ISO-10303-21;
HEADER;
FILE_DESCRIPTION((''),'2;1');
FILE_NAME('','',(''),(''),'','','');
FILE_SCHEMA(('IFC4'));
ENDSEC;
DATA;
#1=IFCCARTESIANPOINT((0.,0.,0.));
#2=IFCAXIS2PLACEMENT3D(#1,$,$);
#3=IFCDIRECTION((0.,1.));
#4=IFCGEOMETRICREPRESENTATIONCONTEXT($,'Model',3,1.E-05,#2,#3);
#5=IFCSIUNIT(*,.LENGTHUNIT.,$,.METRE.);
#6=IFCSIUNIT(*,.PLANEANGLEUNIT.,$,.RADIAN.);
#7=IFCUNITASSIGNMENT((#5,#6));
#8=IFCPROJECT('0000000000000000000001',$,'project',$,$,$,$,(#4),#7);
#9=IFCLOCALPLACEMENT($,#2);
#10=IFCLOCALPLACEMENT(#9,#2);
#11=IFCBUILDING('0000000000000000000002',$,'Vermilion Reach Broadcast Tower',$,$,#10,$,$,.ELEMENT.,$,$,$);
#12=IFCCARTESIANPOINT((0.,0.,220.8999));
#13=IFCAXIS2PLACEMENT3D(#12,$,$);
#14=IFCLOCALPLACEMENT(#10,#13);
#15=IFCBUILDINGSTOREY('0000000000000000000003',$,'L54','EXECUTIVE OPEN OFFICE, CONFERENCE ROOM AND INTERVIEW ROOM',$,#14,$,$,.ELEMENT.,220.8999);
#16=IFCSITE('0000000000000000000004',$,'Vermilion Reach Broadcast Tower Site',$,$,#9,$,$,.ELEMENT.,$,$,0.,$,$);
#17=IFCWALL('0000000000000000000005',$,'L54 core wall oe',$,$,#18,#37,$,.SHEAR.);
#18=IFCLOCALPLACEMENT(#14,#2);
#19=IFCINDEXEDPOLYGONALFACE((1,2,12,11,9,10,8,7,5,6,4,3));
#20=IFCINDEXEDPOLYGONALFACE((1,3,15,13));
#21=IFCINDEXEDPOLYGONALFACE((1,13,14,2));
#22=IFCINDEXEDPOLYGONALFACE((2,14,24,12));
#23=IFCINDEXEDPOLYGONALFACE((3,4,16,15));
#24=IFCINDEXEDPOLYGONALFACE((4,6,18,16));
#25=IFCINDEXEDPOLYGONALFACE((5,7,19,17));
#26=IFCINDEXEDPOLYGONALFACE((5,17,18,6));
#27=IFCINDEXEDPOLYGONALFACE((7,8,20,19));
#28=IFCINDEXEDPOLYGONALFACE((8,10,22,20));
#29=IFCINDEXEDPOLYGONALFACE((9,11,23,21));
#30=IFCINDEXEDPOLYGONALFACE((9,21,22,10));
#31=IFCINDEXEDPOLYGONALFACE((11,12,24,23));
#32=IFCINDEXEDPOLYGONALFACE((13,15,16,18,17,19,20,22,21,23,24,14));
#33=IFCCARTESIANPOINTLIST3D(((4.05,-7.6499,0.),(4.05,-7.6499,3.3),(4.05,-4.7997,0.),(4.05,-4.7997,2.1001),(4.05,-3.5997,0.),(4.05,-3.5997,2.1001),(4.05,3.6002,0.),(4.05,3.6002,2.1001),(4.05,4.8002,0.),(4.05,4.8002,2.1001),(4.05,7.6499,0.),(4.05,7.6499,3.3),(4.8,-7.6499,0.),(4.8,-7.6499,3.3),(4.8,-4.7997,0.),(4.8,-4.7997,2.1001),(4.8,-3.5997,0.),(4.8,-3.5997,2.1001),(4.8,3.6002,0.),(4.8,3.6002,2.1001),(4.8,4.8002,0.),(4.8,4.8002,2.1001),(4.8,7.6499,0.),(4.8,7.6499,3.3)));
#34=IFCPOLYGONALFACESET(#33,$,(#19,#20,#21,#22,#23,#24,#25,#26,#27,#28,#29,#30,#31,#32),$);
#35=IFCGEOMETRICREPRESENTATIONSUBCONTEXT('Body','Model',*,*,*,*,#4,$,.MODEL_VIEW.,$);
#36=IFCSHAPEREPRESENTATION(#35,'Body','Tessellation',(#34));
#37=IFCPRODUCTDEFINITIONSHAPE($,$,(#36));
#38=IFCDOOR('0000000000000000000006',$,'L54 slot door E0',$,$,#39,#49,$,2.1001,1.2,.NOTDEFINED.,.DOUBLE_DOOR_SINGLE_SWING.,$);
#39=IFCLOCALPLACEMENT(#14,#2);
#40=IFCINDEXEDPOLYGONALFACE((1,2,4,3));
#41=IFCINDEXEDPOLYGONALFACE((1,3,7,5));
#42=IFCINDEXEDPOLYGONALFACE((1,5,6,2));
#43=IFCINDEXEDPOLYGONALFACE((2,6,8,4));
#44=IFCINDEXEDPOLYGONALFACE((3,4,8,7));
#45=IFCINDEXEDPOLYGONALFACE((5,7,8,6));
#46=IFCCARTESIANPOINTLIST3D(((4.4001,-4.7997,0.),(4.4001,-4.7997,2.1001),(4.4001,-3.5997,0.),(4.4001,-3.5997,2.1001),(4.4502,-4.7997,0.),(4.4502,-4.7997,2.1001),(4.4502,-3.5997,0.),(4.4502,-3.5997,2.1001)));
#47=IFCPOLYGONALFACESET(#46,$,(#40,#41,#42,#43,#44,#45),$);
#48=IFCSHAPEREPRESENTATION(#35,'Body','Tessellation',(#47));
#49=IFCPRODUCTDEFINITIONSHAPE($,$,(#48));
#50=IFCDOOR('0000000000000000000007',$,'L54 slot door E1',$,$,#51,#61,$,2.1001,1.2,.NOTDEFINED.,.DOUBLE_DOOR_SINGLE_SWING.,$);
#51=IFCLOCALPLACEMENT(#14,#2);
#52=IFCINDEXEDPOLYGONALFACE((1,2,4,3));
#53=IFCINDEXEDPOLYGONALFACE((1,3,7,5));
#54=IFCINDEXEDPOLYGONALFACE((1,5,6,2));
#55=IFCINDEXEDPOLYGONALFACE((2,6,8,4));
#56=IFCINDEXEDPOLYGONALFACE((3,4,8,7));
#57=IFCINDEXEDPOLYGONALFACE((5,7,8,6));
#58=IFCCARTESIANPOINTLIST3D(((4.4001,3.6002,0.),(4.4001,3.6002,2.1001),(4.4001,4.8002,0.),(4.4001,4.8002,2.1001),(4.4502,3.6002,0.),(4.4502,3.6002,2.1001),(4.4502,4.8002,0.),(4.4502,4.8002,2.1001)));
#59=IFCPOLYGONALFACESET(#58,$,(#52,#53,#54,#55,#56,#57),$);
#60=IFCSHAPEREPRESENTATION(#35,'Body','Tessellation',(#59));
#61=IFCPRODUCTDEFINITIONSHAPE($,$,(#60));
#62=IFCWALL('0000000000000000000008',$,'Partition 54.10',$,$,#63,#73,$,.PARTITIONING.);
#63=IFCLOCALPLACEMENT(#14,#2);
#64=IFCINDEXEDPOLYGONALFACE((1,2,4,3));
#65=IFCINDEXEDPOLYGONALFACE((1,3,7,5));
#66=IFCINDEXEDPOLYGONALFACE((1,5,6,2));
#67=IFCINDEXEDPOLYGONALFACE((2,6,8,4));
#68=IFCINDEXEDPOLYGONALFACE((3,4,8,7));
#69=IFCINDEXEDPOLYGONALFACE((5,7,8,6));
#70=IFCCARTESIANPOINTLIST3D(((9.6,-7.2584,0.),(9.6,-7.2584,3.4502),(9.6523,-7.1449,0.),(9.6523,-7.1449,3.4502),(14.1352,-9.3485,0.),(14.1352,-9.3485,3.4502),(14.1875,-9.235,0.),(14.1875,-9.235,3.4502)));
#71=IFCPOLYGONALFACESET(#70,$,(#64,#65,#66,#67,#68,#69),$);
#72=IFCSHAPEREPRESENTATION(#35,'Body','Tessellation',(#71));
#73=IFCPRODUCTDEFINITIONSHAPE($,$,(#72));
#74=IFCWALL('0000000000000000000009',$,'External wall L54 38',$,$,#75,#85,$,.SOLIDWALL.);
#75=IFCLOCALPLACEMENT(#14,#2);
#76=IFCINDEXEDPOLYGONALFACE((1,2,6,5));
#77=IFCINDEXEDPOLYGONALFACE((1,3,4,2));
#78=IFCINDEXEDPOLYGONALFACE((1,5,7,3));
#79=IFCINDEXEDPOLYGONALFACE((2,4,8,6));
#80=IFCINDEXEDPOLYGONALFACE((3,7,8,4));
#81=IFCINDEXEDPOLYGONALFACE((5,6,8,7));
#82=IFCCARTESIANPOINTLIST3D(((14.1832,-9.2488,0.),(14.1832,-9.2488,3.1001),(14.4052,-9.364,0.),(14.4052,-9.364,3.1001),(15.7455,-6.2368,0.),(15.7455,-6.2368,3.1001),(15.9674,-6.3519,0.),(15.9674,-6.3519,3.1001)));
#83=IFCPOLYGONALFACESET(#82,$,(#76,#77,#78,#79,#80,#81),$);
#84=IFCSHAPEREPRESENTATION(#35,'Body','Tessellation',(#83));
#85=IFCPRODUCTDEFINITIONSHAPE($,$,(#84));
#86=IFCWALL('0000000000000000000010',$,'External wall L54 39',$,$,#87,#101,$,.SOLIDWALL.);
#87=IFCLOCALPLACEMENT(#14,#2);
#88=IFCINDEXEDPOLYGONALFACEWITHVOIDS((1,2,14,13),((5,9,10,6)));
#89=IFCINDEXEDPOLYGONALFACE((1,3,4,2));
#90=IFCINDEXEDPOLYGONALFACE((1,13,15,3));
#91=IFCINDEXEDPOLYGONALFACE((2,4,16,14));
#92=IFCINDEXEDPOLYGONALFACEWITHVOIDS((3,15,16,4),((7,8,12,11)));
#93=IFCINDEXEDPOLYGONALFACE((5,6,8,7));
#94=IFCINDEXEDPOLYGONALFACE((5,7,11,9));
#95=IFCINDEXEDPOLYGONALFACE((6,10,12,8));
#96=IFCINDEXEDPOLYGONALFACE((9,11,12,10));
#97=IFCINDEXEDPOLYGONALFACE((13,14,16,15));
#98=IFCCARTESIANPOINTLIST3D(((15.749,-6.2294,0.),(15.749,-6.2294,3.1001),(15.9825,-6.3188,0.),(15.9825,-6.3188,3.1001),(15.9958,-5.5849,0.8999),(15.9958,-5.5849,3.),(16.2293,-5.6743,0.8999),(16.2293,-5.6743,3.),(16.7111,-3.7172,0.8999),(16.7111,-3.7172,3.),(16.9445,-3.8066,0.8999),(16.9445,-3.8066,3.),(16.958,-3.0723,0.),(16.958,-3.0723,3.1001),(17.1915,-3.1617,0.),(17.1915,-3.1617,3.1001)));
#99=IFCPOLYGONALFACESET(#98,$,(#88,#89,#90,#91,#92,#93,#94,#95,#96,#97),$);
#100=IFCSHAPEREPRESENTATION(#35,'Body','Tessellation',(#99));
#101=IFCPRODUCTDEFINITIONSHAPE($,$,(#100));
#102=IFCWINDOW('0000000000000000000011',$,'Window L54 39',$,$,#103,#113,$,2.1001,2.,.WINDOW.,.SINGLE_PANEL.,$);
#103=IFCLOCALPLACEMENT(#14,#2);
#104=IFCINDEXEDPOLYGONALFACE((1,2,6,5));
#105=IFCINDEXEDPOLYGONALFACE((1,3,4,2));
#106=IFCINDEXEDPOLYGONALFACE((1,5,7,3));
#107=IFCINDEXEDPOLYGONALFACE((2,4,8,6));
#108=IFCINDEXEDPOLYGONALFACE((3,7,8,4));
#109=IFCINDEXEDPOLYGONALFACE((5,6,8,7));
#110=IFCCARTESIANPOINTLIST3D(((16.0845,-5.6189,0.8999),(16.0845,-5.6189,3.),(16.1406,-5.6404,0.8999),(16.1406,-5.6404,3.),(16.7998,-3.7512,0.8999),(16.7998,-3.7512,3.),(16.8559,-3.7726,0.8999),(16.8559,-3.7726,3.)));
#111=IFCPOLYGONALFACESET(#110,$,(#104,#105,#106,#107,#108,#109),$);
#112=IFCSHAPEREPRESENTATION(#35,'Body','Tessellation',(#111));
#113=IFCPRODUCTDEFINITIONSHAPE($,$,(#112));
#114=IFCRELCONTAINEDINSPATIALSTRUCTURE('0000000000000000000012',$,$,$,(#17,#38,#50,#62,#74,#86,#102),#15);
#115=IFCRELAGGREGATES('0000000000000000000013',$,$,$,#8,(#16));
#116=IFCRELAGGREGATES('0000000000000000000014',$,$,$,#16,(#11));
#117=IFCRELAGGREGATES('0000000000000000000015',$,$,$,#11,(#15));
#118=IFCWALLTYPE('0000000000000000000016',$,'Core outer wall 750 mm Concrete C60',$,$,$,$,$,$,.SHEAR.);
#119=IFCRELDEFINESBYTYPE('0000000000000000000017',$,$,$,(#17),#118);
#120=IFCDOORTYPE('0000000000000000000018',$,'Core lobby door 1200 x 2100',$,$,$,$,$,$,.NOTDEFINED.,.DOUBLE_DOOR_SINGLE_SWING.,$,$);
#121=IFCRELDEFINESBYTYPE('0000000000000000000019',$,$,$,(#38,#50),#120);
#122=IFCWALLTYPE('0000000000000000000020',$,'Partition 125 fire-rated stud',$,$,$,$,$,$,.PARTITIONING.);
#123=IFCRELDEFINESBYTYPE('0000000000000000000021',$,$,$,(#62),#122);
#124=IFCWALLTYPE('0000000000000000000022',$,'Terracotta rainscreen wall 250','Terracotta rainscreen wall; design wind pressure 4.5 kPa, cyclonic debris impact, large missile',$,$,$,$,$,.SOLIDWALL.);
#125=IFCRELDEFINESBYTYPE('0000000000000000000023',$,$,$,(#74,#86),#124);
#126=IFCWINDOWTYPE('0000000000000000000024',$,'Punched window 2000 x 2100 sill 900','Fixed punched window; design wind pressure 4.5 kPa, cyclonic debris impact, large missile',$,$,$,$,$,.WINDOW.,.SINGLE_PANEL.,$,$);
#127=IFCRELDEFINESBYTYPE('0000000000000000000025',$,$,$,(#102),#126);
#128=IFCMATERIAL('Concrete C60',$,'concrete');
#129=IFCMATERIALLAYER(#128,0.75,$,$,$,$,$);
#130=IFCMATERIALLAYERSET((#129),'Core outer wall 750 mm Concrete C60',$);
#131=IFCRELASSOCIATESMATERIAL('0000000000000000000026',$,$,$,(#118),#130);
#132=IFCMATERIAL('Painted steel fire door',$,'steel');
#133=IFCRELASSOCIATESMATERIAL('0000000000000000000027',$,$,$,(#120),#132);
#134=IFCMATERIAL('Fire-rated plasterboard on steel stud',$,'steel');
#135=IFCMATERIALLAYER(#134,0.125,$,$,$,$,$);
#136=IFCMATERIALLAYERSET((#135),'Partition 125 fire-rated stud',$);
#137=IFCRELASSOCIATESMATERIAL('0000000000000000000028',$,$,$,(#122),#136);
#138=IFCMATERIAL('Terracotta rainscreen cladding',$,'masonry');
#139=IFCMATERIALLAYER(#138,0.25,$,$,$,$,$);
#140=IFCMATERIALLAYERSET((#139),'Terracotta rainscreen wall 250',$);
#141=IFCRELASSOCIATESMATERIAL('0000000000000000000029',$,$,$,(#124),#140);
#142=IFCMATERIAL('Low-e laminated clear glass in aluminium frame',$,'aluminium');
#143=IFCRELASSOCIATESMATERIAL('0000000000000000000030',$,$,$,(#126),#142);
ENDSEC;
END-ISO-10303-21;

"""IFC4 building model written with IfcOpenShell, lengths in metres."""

from ifc_helpers import new_model, si_unit, direction, frame, frame_2d, origin, place, context, subcontext, project, spatial, rectangle, extrude, material, layer, layer_set, type_object, element, fill, save


model = new_model("IFC4")

# Units and contexts
model_context = context("Model", 3, precision=1e-05, world=origin(), true_north=direction((0.0, 1.0)))
body_context = subcontext(model_context, "Body", "Model", "MODEL_VIEW")
ifc_project = project(units=[si_unit("LENGTHUNIT", "METRE"), si_unit("PLANEANGLEUNIT", "RADIAN")], contexts=[model_context])

# Site, building, storey
site_placement = place(None, origin())
site = spatial("IfcSite", under=ifc_project, at=site_placement, Name="Vermilion Reach Broadcast Tower Site", CompositionType="ELEMENT", RefElevation=0.0)
building_placement = place(site_placement, origin())
building = spatial("IfcBuilding", under=site, at=building_placement, Name="Vermilion Reach Broadcast Tower", CompositionType="ELEMENT")
storey_placement = place(building_placement, frame((0.0, 0.0, 220.8999)))
storey = spatial("IfcBuildingStorey", under=building, at=storey_placement, Name="L54", Description="EXECUTIVE OPEN OFFICE, CONFERENCE ROOM AND INTERVIEW ROOM", CompositionType="ELEMENT", Elevation=220.8999)

# Wall, openings, doors
ifc_material_1 = material(Name="Concrete C60", Category="concrete")
ifc_layer_1 = layer(ifc_material_1, 0.75)
ifc_layer_set_1 = layer_set([ifc_layer_1], Name="Core outer wall 750 mm Concrete C60")
wall_type_1 = type_object("IfcWallType", Name="Core outer wall 750 mm Concrete C60", PredefinedType="SHEAR", material=ifc_layer_set_1)
wall_1_placement = place(storey_placement, frame((4.425, -7.6499, 0.0), z_axis=(0.0, 0.0, 1.0), x_axis=(0.0, 1.0, 0.0)))
wall_1 = element("IfcWall", 1, at=wall_1_placement, inside=storey, type_object=wall_type_1, Name="L54 core wall oe", PredefinedType="SHEAR", context=body_context, shape_type="SweptSolid", body=[
    extrude(rectangle(XDim=15.2998, YDim=0.75, at=frame_2d((7.6499, 0.0))), origin(), (0.0, 0.0, 1.0), 3.3),
])
opening_1_placement = place(wall_1_placement, frame((2.8501, 0.0, 0.0)))
opening_1 = element("IfcOpeningElement", 2, at=opening_1_placement, cuts=wall_1, PredefinedType="OPENING", context=body_context, shape_type="SweptSolid", body=[
    extrude(rectangle(XDim=1.2, YDim=2.1001, at=frame_2d((0.6001, 1.05))), frame((0.0, 0.385, 0.0), z_axis=(0.0, -1.0, 0.0), x_axis=(1.0, 0.0, 0.0)), (0.0, 0.0, 1.0), 0.77),
])
opening_2_placement = place(wall_1_placement, frame((11.25, 0.0, 0.0)))
opening_2 = element("IfcOpeningElement", 3, at=opening_2_placement, cuts=wall_1, PredefinedType="OPENING", context=body_context, shape_type="SweptSolid", body=[
    extrude(rectangle(XDim=1.2, YDim=2.1001, at=frame_2d((0.6001, 1.05))), frame((0.0, 0.385, 0.0), z_axis=(0.0, -1.0, 0.0), x_axis=(1.0, 0.0, 0.0)), (0.0, 0.0, 1.0), 0.77),
])
ifc_material_2 = material(Name="Painted steel fire door", Category="steel")
door_type_1 = type_object("IfcDoorType", Name="Core lobby door 1200 x 2100", OperationType="DOUBLE_DOOR_SINGLE_SWING", PredefinedType="NOTDEFINED", material=ifc_material_2)
door_1_placement = place(opening_1_placement, origin())
door_1 = element("IfcDoor", 4, at=door_1_placement, inside=storey, type_object=door_type_1, Name="L54 slot door E0", OperationType="DOUBLE_DOOR_SINGLE_SWING", OverallHeight=2.1001, OverallWidth=1.2, PredefinedType="NOTDEFINED", context=body_context, shape_type="SweptSolid", body=[
    extrude(rectangle(XDim=1.2, YDim=2.1001, at=frame_2d((0.6001, 1.05))), frame((0.0, 0.0249, 0.0), z_axis=(0.0, -1.0, 0.0), x_axis=(1.0, 0.0, 0.0)), (0.0, 0.0, 1.0), 0.05),
])
fill(opening_1, door_1)
door_2_placement = place(opening_2_placement, origin())
door_2 = element("IfcDoor", 5, at=door_2_placement, inside=storey, type_object=door_type_1, Name="L54 slot door E1", OperationType="DOUBLE_DOOR_SINGLE_SWING", OverallHeight=2.1001, OverallWidth=1.2, PredefinedType="NOTDEFINED", context=body_context, shape_type="SweptSolid", body=[
    extrude(rectangle(XDim=1.2, YDim=2.1001, at=frame_2d((0.6001, 1.05))), frame((0.0, 0.0249, 0.0), z_axis=(0.0, -1.0, 0.0), x_axis=(1.0, 0.0, 0.0)), (0.0, 0.0, 1.0), 0.05),
])
fill(opening_2, door_2)

# Walls
ifc_material_3 = material(Name="Fire-rated plasterboard on steel stud", Category="steel")
ifc_layer_2 = layer(ifc_material_3, 0.125)
ifc_layer_set_2 = layer_set([ifc_layer_2], Name="Partition 125 fire-rated stud")
wall_type_2 = type_object("IfcWallType", Name="Partition 125 fire-rated stud", PredefinedType="PARTITIONING", material=ifc_layer_set_2)
wall_2_placement = place(storey_placement, frame((14.1614, -9.2917, 0.0), z_axis=(0.0, 0.0, 1.0), x_axis=(-0.908192, 0.418553, 0.0)))
element("IfcWall", 6, at=wall_2_placement, inside=storey, type_object=wall_type_2, Name="Partition 54.10", PredefinedType="PARTITIONING", context=body_context, shape_type="SweptSolid", body=[
    extrude(rectangle(XDim=4.9937, YDim=0.125, at=frame_2d((2.4968, 0.0))), origin(), (0.0, 0.0, 1.0), 3.4502),
])
ifc_material_4 = material(Name="Terracotta rainscreen cladding", Category="masonry")
ifc_layer_3 = layer(ifc_material_4, 0.25)
ifc_layer_set_3 = layer_set([ifc_layer_3], Name="Terracotta rainscreen wall 250")
wall_type_3 = type_object("IfcWallType", Name="Terracotta rainscreen wall 250", Description="Terracotta rainscreen wall; design wind pressure 4.5 kPa, cyclonic debris impact, large missile", PredefinedType="SOLIDWALL", material=ifc_layer_set_3)
wall_3_placement = place(storey_placement, frame((14.2942, -9.3064, 0.0), z_axis=(0.0, 0.0, 1.0), x_axis=(0.460433, 0.887695, 0.0)))
element("IfcWall", 7, at=wall_3_placement, inside=storey, type_object=wall_type_3, Name="External wall L54 38", PredefinedType="SOLIDWALL", context=body_context, shape_type="SweptSolid", body=[
    extrude(rectangle(XDim=3.3931, YDim=0.25, at=frame_2d((1.6965, 0.0))), origin(), (0.0, 0.0, 1.0), 3.1001),
])

# Wall, opening, window
wall_4_placement = place(storey_placement, frame((15.8657, -6.2742, 0.0), z_axis=(0.0, 0.0, 1.0), x_axis=(0.357629, 0.933864, 0.0)))
wall_4 = element("IfcWall", 8, at=wall_4_placement, inside=storey, type_object=wall_type_3, Name="External wall L54 39", PredefinedType="SOLIDWALL", context=body_context, shape_type="SweptSolid", body=[
    extrude(rectangle(XDim=3.3806, YDim=0.25, at=frame_2d((1.6904, 0.0))), origin(), (0.0, 0.0, 1.0), 3.1001),
])
opening_3_placement = place(wall_4_placement, frame((0.6902, 0.0, 0.8999)))
opening_3 = element("IfcOpeningElement", 9, at=opening_3_placement, cuts=wall_4, PredefinedType="OPENING", context=body_context, shape_type="SweptSolid", body=[
    extrude(rectangle(XDim=2.0, YDim=2.1001, at=frame_2d((1.0, 1.05))), frame((0.0, 0.135, 0.0), z_axis=(0.0, -1.0, 0.0), x_axis=(1.0, 0.0, 0.0)), (0.0, 0.0, 1.0), 0.27),
])
ifc_material_5 = material(Name="Low-e laminated clear glass in aluminium frame", Category="aluminium")
window_type = type_object("IfcWindowType", Name="Punched window 2000 x 2100 sill 900", Description="Fixed punched window; design wind pressure 4.5 kPa, cyclonic debris impact, large missile", PartitioningType="SINGLE_PANEL", PredefinedType="WINDOW", material=ifc_material_5)
window_placement = place(opening_3_placement, origin())
window = element("IfcWindow", 10, at=window_placement, inside=storey, type_object=window_type, Name="Window L54 39", OverallHeight=2.1001, OverallWidth=2.0, PartitioningType="SINGLE_PANEL", PredefinedType="WINDOW", context=body_context, shape_type="SweptSolid", body=[
    extrude(rectangle(XDim=2.0, YDim=2.1001, at=frame_2d((1.0, 1.05))), frame((0.0, 0.03, 0.0), z_axis=(0.0, -1.0, 0.0), x_axis=(1.0, 0.0, 0.0)), (0.0, 0.0, 1.0), 0.0601),
])
fill(opening_3, window)

save(model, "model.ifc")
